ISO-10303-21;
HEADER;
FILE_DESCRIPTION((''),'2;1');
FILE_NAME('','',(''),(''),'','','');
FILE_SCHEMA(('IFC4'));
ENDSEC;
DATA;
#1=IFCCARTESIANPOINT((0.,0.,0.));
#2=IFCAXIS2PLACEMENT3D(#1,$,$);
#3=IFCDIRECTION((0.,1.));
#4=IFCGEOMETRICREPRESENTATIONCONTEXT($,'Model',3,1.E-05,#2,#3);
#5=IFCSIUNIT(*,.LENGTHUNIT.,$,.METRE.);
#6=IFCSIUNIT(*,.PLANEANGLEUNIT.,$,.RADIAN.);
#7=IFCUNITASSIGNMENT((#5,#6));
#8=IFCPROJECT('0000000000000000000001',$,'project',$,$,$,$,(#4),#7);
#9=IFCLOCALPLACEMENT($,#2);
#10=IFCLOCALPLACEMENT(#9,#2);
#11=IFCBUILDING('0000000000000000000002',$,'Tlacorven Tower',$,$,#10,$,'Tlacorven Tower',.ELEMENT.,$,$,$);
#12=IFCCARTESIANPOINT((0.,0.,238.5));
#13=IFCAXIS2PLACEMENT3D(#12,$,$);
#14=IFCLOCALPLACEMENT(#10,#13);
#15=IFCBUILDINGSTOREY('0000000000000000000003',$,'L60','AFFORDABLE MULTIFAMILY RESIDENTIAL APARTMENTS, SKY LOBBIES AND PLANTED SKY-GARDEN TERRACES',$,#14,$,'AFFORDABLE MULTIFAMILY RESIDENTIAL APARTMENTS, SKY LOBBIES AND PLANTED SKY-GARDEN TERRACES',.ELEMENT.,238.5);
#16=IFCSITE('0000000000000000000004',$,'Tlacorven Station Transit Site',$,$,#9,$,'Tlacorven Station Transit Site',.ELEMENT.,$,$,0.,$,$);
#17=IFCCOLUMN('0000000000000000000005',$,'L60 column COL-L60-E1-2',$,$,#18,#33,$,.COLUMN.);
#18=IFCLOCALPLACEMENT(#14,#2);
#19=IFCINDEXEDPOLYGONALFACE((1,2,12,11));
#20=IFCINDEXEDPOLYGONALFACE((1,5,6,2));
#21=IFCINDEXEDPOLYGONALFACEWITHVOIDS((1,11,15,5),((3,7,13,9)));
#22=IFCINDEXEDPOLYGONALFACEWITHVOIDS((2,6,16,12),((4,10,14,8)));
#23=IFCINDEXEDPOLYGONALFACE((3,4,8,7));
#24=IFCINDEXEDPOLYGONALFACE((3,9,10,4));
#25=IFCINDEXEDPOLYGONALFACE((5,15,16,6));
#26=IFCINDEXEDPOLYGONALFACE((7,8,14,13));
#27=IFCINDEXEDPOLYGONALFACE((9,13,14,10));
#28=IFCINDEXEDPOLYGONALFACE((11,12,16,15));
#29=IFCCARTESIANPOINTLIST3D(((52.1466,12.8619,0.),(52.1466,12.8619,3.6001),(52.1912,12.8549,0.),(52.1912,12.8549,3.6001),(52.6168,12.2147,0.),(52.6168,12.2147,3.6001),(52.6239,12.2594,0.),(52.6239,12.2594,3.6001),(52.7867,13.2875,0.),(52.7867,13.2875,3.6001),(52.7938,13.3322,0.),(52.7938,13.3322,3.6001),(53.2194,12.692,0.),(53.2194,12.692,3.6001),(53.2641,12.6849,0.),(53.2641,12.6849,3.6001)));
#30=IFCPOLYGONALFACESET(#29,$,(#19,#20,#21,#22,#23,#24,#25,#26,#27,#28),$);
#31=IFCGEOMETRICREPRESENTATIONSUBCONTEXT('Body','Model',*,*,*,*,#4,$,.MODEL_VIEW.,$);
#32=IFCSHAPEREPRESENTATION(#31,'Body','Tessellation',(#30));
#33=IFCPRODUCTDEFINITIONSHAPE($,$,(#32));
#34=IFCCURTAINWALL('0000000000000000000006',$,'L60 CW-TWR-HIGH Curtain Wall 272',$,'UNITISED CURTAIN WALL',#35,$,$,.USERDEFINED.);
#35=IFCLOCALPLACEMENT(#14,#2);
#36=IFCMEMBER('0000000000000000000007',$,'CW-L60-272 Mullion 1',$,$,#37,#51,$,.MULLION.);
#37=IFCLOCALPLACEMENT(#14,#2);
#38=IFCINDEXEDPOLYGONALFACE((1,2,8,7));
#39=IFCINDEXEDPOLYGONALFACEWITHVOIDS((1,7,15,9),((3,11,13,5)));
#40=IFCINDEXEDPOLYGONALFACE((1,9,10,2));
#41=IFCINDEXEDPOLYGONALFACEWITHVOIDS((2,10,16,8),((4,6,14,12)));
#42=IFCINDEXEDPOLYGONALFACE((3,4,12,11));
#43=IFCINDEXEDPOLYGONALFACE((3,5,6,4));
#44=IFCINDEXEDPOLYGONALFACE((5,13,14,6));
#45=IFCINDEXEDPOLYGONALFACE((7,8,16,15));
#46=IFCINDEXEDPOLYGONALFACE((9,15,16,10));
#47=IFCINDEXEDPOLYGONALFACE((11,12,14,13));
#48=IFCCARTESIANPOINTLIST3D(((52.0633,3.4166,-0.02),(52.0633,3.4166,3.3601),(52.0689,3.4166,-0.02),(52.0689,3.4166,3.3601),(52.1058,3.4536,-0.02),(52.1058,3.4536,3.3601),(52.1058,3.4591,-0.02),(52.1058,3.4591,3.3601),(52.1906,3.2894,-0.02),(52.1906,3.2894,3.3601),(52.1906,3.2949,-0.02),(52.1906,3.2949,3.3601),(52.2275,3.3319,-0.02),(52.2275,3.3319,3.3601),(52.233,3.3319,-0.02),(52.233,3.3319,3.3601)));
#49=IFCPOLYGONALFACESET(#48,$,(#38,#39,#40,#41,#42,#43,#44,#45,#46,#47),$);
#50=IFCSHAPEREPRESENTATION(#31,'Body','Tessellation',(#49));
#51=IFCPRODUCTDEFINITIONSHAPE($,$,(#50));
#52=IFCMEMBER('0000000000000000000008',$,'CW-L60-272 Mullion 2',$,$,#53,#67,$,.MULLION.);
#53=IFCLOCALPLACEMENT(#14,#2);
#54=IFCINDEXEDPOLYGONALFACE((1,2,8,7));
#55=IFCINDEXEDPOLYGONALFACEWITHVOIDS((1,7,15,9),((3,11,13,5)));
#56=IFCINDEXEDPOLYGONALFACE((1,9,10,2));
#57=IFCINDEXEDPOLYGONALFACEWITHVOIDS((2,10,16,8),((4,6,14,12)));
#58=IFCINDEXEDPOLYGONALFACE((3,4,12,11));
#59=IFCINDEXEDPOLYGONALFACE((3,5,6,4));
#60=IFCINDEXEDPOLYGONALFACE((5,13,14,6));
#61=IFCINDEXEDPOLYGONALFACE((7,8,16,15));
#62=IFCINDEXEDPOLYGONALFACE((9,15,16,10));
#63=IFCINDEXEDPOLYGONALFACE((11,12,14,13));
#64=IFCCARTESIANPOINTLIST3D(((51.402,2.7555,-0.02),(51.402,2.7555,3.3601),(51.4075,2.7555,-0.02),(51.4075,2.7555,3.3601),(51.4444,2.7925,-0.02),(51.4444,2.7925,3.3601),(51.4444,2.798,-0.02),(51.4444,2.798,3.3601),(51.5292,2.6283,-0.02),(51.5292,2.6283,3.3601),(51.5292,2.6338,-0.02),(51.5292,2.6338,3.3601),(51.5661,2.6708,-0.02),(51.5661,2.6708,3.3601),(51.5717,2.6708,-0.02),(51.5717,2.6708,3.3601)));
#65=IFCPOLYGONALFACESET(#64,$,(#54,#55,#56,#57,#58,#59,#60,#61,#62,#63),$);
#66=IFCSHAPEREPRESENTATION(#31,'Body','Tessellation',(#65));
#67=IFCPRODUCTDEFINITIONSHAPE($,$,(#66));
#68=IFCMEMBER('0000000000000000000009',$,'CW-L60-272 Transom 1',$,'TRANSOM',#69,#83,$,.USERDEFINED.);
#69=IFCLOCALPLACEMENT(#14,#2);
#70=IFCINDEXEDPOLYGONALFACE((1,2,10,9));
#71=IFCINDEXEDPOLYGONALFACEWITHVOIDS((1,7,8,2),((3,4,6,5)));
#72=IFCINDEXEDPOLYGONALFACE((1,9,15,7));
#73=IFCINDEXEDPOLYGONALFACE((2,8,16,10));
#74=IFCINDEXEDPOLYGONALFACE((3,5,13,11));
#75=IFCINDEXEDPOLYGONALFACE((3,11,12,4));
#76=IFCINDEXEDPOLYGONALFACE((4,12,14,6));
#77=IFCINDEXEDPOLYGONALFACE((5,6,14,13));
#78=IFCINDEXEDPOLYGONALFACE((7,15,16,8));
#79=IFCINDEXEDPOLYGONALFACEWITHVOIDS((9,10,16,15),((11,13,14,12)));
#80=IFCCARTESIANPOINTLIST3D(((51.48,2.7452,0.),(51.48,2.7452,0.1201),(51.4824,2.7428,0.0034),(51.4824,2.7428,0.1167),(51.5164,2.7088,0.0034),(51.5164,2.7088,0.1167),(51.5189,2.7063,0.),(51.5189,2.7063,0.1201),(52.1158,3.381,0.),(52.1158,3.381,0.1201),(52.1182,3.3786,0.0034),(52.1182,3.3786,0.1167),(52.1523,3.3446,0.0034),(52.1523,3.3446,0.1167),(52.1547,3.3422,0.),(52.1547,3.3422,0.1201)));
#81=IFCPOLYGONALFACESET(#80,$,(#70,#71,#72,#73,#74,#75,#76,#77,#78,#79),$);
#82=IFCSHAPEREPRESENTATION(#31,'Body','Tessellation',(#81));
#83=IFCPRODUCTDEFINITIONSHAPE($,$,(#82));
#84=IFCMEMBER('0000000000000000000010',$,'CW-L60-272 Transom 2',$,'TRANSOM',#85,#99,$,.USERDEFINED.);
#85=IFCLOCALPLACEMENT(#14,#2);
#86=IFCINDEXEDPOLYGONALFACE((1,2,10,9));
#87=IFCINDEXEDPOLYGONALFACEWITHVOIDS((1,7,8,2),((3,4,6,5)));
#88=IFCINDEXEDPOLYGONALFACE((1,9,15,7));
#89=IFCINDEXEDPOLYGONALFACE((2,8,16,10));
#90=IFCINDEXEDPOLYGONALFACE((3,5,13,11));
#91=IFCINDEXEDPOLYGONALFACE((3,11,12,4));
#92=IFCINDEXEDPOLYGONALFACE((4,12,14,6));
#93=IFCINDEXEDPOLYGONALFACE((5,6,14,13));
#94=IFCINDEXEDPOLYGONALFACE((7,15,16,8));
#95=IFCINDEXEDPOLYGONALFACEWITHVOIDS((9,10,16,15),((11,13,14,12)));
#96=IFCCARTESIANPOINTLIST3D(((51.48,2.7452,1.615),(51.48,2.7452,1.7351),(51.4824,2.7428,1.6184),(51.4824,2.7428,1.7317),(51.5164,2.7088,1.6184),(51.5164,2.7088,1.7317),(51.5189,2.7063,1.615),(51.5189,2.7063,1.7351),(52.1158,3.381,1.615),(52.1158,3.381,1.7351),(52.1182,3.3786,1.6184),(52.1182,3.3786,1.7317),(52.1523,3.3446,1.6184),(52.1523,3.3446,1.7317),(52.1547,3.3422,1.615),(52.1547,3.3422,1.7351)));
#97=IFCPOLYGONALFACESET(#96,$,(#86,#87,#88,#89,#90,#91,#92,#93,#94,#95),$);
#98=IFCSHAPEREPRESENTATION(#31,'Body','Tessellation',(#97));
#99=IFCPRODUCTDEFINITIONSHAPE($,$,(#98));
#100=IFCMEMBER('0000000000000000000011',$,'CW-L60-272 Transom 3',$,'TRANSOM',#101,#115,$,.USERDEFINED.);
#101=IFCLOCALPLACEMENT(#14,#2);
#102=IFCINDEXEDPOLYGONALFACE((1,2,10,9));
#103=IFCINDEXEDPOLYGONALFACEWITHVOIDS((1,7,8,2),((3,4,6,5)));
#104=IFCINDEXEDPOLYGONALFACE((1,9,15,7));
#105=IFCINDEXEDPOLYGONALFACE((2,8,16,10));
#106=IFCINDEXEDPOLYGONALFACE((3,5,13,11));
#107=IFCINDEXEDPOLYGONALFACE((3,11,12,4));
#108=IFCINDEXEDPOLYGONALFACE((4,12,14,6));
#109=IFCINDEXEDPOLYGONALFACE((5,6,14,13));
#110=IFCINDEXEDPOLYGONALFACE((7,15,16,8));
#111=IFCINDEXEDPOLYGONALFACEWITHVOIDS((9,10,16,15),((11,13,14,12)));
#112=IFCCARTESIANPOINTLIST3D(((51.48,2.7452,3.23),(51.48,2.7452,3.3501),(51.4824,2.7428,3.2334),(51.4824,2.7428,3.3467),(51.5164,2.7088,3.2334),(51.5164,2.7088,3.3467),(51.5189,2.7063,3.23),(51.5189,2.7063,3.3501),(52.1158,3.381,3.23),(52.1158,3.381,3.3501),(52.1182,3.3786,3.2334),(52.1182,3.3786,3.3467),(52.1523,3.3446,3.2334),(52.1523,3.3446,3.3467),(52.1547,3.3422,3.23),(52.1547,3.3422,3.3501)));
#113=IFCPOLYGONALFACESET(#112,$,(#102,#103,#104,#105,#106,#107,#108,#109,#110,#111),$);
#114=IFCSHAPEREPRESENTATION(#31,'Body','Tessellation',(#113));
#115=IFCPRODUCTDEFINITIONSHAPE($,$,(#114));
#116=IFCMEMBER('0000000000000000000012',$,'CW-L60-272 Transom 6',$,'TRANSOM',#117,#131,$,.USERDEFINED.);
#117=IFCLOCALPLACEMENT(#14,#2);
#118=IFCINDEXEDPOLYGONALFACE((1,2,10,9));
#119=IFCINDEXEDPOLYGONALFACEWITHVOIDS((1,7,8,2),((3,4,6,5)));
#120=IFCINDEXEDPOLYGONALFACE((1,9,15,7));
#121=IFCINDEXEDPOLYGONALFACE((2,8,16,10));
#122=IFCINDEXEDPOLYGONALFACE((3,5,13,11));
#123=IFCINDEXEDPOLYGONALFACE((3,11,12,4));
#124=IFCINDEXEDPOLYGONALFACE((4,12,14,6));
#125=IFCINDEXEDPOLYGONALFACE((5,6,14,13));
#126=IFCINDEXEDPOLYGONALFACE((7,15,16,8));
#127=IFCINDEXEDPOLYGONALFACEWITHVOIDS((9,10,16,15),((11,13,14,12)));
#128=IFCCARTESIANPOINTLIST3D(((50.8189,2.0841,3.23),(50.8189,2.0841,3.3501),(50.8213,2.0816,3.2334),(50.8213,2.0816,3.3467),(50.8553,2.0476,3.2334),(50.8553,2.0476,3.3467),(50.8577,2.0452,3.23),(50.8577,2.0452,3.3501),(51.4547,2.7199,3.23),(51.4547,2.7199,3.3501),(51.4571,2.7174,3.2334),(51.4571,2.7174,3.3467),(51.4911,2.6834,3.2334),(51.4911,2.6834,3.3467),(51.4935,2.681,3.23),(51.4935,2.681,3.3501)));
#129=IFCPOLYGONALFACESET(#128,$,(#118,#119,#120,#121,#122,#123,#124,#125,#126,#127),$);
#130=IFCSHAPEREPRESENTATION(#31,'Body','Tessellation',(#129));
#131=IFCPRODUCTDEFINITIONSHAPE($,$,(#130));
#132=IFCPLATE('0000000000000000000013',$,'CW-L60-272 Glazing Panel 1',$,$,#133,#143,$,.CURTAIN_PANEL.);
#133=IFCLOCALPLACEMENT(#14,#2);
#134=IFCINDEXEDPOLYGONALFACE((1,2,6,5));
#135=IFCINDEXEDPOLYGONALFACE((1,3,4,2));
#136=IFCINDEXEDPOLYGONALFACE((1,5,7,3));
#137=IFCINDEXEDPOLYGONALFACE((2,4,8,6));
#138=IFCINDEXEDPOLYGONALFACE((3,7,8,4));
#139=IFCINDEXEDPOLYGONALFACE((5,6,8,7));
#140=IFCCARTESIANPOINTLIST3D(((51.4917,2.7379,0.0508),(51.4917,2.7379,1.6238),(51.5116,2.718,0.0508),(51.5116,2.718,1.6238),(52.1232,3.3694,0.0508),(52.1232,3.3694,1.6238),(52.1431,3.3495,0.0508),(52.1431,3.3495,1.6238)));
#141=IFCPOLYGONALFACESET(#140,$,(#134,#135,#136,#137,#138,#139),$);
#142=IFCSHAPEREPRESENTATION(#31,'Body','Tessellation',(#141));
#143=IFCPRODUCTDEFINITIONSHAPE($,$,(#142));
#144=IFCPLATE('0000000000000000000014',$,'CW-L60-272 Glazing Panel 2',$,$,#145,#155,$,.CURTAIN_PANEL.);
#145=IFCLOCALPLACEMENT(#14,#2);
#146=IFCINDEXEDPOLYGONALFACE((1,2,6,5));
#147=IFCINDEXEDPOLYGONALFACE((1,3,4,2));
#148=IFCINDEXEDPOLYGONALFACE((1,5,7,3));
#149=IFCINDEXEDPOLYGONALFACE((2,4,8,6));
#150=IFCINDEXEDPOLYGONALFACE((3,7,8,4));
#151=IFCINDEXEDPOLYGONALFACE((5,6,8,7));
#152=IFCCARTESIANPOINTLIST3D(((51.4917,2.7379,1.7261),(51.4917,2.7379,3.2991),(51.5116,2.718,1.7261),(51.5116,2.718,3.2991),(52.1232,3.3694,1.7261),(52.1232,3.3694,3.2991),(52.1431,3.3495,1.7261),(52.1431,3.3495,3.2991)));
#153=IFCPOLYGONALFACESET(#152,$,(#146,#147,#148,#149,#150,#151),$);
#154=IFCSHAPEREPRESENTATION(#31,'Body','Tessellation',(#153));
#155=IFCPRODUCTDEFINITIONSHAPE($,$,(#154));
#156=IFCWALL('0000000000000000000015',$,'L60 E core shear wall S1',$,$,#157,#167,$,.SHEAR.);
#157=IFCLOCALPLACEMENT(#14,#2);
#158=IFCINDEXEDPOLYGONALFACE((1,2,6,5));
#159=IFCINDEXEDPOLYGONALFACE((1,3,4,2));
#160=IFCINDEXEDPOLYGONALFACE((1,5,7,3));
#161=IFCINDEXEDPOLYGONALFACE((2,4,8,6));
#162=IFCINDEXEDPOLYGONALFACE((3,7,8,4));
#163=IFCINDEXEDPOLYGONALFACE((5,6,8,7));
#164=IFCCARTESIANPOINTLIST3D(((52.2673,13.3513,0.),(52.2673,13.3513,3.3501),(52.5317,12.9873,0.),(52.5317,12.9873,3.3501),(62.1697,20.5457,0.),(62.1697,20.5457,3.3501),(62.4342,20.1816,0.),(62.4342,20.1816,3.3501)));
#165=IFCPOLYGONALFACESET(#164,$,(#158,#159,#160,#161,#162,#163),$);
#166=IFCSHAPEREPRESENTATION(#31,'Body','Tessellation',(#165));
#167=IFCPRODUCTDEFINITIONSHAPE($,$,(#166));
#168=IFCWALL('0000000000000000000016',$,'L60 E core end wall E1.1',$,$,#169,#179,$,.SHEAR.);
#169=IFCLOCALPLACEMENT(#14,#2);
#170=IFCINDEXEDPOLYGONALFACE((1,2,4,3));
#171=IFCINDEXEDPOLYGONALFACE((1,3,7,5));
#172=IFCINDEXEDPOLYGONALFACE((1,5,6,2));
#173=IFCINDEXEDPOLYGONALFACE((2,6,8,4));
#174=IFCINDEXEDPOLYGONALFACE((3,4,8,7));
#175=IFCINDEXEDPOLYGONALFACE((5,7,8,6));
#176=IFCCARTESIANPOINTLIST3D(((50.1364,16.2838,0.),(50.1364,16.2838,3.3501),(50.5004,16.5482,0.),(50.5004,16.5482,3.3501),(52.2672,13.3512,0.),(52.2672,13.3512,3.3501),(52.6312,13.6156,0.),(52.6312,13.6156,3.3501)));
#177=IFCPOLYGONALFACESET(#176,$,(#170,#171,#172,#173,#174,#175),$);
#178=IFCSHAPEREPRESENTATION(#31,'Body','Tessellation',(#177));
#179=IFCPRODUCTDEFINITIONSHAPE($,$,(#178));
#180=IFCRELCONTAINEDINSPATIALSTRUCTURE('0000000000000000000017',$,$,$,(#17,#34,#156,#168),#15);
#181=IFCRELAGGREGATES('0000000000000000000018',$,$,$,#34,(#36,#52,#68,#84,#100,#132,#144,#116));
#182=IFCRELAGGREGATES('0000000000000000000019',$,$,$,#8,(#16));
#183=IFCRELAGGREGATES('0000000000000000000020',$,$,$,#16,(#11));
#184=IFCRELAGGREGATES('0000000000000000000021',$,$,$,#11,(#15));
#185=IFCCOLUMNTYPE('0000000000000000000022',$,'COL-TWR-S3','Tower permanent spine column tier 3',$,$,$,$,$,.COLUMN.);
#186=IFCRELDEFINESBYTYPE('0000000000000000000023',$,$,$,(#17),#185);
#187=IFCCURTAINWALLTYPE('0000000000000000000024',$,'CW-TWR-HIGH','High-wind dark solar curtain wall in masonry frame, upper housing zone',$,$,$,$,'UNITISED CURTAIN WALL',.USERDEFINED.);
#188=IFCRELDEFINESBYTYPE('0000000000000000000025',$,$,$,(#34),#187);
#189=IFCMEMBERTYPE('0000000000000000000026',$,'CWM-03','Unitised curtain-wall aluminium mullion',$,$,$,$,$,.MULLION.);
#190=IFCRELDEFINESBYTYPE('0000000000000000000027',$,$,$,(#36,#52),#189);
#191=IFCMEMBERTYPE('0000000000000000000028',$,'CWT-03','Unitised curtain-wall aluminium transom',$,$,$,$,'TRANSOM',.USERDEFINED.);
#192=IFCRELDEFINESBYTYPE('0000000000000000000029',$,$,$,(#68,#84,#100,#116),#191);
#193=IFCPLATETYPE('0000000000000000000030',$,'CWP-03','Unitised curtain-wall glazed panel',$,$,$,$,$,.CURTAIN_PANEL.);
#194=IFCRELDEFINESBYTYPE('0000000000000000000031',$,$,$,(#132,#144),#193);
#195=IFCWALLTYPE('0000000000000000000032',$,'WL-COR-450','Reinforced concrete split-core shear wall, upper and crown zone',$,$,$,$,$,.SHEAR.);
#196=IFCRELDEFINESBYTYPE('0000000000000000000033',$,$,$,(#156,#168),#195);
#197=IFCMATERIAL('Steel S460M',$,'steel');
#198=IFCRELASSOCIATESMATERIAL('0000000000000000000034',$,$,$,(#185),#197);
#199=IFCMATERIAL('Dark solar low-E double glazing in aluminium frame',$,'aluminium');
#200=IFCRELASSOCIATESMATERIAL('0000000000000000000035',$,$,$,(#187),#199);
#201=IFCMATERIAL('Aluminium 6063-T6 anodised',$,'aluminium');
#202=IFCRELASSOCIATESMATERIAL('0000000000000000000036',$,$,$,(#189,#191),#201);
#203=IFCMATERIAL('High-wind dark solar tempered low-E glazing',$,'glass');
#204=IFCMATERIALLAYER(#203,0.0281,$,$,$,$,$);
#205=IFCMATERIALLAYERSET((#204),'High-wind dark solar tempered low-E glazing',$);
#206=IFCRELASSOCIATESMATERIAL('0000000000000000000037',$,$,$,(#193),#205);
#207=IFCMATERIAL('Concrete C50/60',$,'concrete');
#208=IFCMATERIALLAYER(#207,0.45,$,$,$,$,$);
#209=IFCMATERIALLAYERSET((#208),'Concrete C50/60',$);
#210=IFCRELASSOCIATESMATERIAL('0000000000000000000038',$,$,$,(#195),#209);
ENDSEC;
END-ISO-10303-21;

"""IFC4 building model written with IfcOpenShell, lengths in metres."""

from ifc_helpers import new_model, si_unit, direction, frame, frame_2d, origin, origin_2d, place, context, subcontext, project, spatial, rectangle, hollow_rectangle, extrude, source, transform, mapped, material, layer, layer_set, material_profile, profile_set, type_object, element, aggregate, save


model = new_model("IFC4")

# Units and contexts
model_context = context("Model", 3, precision=1e-05, world=origin(), true_north=direction((0.0, 1.0)))
body_context = subcontext(model_context, "Body", "Model", "MODEL_VIEW")
ifc_project = project(units=[si_unit("LENGTHUNIT", "METRE"), si_unit("PLANEANGLEUNIT", "RADIAN")], contexts=[model_context])

# Site, building, storey
site_placement = place(None, origin())
site = spatial("IfcSite", under=ifc_project, at=site_placement, Name="Tlacorven Station Transit Site", LongName="Tlacorven Station Transit Site", CompositionType="ELEMENT", RefElevation=0.0)
building_placement = place(site_placement, origin())
building = spatial("IfcBuilding", under=site, at=building_placement, Name="Tlacorven Tower", LongName="Tlacorven Tower", CompositionType="ELEMENT")
storey_placement = place(building_placement, frame((0.0, 0.0, 238.5)))
storey = spatial("IfcBuildingStorey", under=building, at=storey_placement, Name="L60", Description="AFFORDABLE MULTIFAMILY RESIDENTIAL APARTMENTS, SKY LOBBIES AND PLANTED SKY-GARDEN TERRACES", LongName="AFFORDABLE MULTIFAMILY RESIDENTIAL APARTMENTS, SKY LOBBIES AND PLANTED SKY-GARDEN TERRACES", CompositionType="ELEMENT", Elevation=238.5)

# Column
ifc_material_1 = material(Name="Steel S460M", Category="steel")
ifc_material_profile_1 = material_profile(ifc_material_1, hollow_rectangle(XDim=0.8, YDim=0.8, WallThickness=0.032, at=origin_2d()), Name="BOX 800X800X32")
ifc_profile_set_1 = profile_set([ifc_material_profile_1], Name="Steel S460M")
column_type = type_object("IfcColumnType", Name="COL-TWR-S3", Description="Tower permanent spine column tier 3", PredefinedType="COLUMN", material=ifc_profile_set_1)
shared_shape_1 = source(origin(), body_context, "Body", "SweptSolid", [
    extrude(hollow_rectangle(XDim=0.8, YDim=0.8, WallThickness=0.032, at=origin_2d()), origin(), (0.0, 0.0, 1.0), 3.6001),
])
column_placement = place(storey_placement, frame((52.7053, 12.7734, 0.0), z_axis=(0.0, 0.0, 1.0), x_axis=(0.809017, 0.587785, 0.0)))
element("IfcColumn", 1, at=column_placement, inside=storey, type_object=column_type, Name="L60 column COL-L60-E1-2", PredefinedType="COLUMN", context=body_context, shape_type="MappedRepresentation", body=[
    mapped(shared_shape_1, transform((0.0, 0.0, 0.0), scale=1.0)),
])

# Curtain wall, members, plates
ifc_material_2 = material(Name="Dark solar low-E double glazing in aluminium frame", Category="aluminium")
curtain_wall_type = type_object("IfcCurtainWallType", Name="CW-TWR-HIGH", Description="High-wind dark solar curtain wall in masonry frame, upper housing zone", ElementType="UNITISED CURTAIN WALL", PredefinedType="USERDEFINED", material=ifc_material_2)
curtain_wall_placement = place(storey_placement, origin())
curtain_wall = element("IfcCurtainWall", 2, at=curtain_wall_placement, inside=storey, type_object=curtain_wall_type, Name="L60 CW-TWR-HIGH Curtain Wall 272", ObjectType="UNITISED CURTAIN WALL", PredefinedType="USERDEFINED")
ifc_material_3 = material(Name="Aluminium 6063-T6 anodised", Category="aluminium")
ifc_material_profile_2 = material_profile(ifc_material_3, hollow_rectangle(XDim=0.0601, YDim=0.1799, WallThickness=0.0039, at=origin_2d()), Name="ALU MULLION 60X180")
ifc_profile_set_2 = profile_set([ifc_material_profile_2], Name="Aluminium 6063-T6 anodised")
member_type_1 = type_object("IfcMemberType", Name="CWM-03", Description="Unitised curtain-wall aluminium mullion", PredefinedType="MULLION", material=ifc_profile_set_2)
shared_shape_2 = source(origin(), body_context, "Body", "SweptSolid", [
    extrude(hollow_rectangle(XDim=0.0601, YDim=0.1799, WallThickness=0.0039, at=origin_2d()), origin(), (0.0, 0.0, 1.0), 3.3801),
])
member_1_placement = place(storey_placement, frame((52.1482, 3.3743, -0.02), z_axis=(0.0, 0.0, 1.0), x_axis=(-0.707107, -0.707107, 0.0)))
member_1 = element("IfcMember", 3, at=member_1_placement, type_object=member_type_1, Name="CW-L60-272 Mullion 1", PredefinedType="MULLION", context=body_context, shape_type="MappedRepresentation", body=[
    mapped(shared_shape_2, transform((0.0, 0.0, 0.0), scale=1.0)),
])
member_2_placement = place(storey_placement, frame((51.4868, 2.7131, -0.02), z_axis=(0.0, 0.0, 1.0), x_axis=(-0.707107, -0.707107, 0.0)))
member_2 = element("IfcMember", 4, at=member_2_placement, type_object=member_type_1, Name="CW-L60-272 Mullion 2", PredefinedType="MULLION", context=body_context, shape_type="MappedRepresentation", body=[
    mapped(shared_shape_2, transform((0.0, 0.0, 0.0), scale=1.0)),
])
ifc_material_profile_3 = material_profile(ifc_material_3, hollow_rectangle(XDim=0.0549, YDim=0.1201, WallThickness=0.0034, at=origin_2d()), Name="ALU TRANSOM 55X120")
ifc_profile_set_3 = profile_set([ifc_material_profile_3], Name="Aluminium 6063-T6 anodised")
member_type_2 = type_object("IfcMemberType", Name="CWT-03", Description="Unitised curtain-wall aluminium transom", ElementType="TRANSOM", PredefinedType="USERDEFINED", material=ifc_profile_set_3)
shared_shape_3 = source(origin(), body_context, "Body", "SweptSolid", [
    extrude(hollow_rectangle(XDim=0.0549, YDim=0.1201, WallThickness=0.0034, at=origin_2d()), origin(), (0.0, 0.0, 1.0), 0.8992),
])
member_3_placement = place(storey_placement, frame((52.1353, 3.3616, 0.0601), z_axis=(-0.707107, -0.707107, 0.0), x_axis=(0.707107, -0.707107, 0.0)))
member_3 = element("IfcMember", 5, at=member_3_placement, type_object=member_type_2, Name="CW-L60-272 Transom 1", ObjectType="TRANSOM", PredefinedType="USERDEFINED", context=body_context, shape_type="MappedRepresentation", body=[
    mapped(shared_shape_3, transform((0.0, 0.0, 0.0), scale=1.0)),
])
member_4_placement = place(storey_placement, frame((52.1353, 3.3616, 1.675), z_axis=(-0.707107, -0.707107, 0.0), x_axis=(0.707107, -0.707107, 0.0)))
member_4 = element("IfcMember", 6, at=member_4_placement, type_object=member_type_2, Name="CW-L60-272 Transom 2", ObjectType="TRANSOM", PredefinedType="USERDEFINED", context=body_context, shape_type="MappedRepresentation", body=[
    mapped(shared_shape_3, transform((0.0, 0.0, 0.0), scale=1.0)),
])
member_5_placement = place(storey_placement, frame((52.1353, 3.3616, 3.29), z_axis=(-0.707107, -0.707107, 0.0), x_axis=(0.707107, -0.707107, 0.0)))
member_5 = element("IfcMember", 7, at=member_5_placement, type_object=member_type_2, Name="CW-L60-272 Transom 3", ObjectType="TRANSOM", PredefinedType="USERDEFINED", context=body_context, shape_type="MappedRepresentation", body=[
    mapped(shared_shape_3, transform((0.0, 0.0, 0.0), scale=1.0)),
])
member_6_placement = place(storey_placement, frame((51.4741, 2.7004, 3.29), z_axis=(-0.707107, -0.707107, 0.0), x_axis=(0.707107, -0.707107, 0.0)))
member_6 = element("IfcMember", 8, at=member_6_placement, type_object=member_type_2, Name="CW-L60-272 Transom 6", ObjectType="TRANSOM", PredefinedType="USERDEFINED", context=body_context, shape_type="MappedRepresentation", body=[
    mapped(shared_shape_3, transform((0.0, 0.0, 0.0), scale=1.0)),
])
ifc_material_4 = material(Name="High-wind dark solar tempered low-E glazing", Category="glass")
ifc_layer_1 = layer(ifc_material_4, 0.0281)
ifc_layer_set_1 = layer_set([ifc_layer_1], Name="High-wind dark solar tempered low-E glazing")
plate_type = type_object("IfcPlateType", Name="CWP-03", Description="Unitised curtain-wall glazed panel", PredefinedType="CURTAIN_PANEL", material=ifc_layer_set_1)
shared_shape_4 = source(origin(), body_context, "Body", "SweptSolid", [
    extrude(rectangle(XDim=0.8931, YDim=0.0281, at=origin_2d()), origin(), (0.0, 0.0, 1.0), 1.573),
])
plate_1_placement = place(storey_placement, frame((51.8174, 3.0437, 0.0508), z_axis=(0.0, 0.0, 1.0), x_axis=(-0.707107, -0.707107, 0.0)))
plate_1 = element("IfcPlate", 9, at=plate_1_placement, type_object=plate_type, Name="CW-L60-272 Glazing Panel 1", PredefinedType="CURTAIN_PANEL", context=body_context, shape_type="MappedRepresentation", body=[
    mapped(shared_shape_4, transform((0.0, 0.0, 0.0), scale=1.0)),
])
plate_2_placement = place(storey_placement, frame((51.8174, 3.0437, 1.7261), z_axis=(0.0, 0.0, 1.0), x_axis=(-0.707107, -0.707107, 0.0)))
plate_2 = element("IfcPlate", 10, at=plate_2_placement, type_object=plate_type, Name="CW-L60-272 Glazing Panel 2", PredefinedType="CURTAIN_PANEL", context=body_context, shape_type="MappedRepresentation", body=[
    mapped(shared_shape_4, transform((0.0, 0.0, 0.0), scale=1.0)),
])
aggregate(curtain_wall, [member_1, member_2, member_3, member_4, member_5, plate_1, plate_2, member_6])

# Walls
ifc_material_5 = material(Name="Concrete C50/60", Category="concrete")
ifc_layer_2 = layer(ifc_material_5, 0.45)
ifc_layer_set_2 = layer_set([ifc_layer_2], Name="Concrete C50/60")
wall_type_1 = type_object("IfcWallType", Name="WL-COR-450", Description="Reinforced concrete split-core shear wall, upper and crown zone", PredefinedType="SHEAR", material=ifc_layer_set_2)
wall_1_placement = place(storey_placement, frame((52.3994, 13.1692, 0.0), z_axis=(0.0, 0.0, 1.0), x_axis=(0.809022, 0.587778, 0.0)))
element("IfcWall", 11, at=wall_1_placement, inside=storey, type_object=wall_type_1, Name="L60 E core shear wall S1", PredefinedType="SHEAR", context=body_context, shape_type="SweptSolid", body=[
    extrude(rectangle(XDim=12.24, YDim=0.45, at=frame_2d((6.1201, 0.0))), origin(), (0.0, 0.0, 1.0), 3.3501),
])
wall_2_placement = place(storey_placement, frame((52.4492, 13.4834, 0.0), z_axis=(0.0, 0.0, 1.0), x_axis=(-0.587819, 0.808992, 0.0)))
element("IfcWall", 12, at=wall_2_placement, inside=storey, type_object=wall_type_1, Name="L60 E core end wall E1.1", PredefinedType="SHEAR", context=body_context, shape_type="SweptSolid", body=[
    extrude(rectangle(XDim=3.625, YDim=0.45, at=frame_2d((1.8125, 0.0))), origin(), (0.0, 0.0, 1.0), 3.3501),
])

save(model, "model.ifc")
